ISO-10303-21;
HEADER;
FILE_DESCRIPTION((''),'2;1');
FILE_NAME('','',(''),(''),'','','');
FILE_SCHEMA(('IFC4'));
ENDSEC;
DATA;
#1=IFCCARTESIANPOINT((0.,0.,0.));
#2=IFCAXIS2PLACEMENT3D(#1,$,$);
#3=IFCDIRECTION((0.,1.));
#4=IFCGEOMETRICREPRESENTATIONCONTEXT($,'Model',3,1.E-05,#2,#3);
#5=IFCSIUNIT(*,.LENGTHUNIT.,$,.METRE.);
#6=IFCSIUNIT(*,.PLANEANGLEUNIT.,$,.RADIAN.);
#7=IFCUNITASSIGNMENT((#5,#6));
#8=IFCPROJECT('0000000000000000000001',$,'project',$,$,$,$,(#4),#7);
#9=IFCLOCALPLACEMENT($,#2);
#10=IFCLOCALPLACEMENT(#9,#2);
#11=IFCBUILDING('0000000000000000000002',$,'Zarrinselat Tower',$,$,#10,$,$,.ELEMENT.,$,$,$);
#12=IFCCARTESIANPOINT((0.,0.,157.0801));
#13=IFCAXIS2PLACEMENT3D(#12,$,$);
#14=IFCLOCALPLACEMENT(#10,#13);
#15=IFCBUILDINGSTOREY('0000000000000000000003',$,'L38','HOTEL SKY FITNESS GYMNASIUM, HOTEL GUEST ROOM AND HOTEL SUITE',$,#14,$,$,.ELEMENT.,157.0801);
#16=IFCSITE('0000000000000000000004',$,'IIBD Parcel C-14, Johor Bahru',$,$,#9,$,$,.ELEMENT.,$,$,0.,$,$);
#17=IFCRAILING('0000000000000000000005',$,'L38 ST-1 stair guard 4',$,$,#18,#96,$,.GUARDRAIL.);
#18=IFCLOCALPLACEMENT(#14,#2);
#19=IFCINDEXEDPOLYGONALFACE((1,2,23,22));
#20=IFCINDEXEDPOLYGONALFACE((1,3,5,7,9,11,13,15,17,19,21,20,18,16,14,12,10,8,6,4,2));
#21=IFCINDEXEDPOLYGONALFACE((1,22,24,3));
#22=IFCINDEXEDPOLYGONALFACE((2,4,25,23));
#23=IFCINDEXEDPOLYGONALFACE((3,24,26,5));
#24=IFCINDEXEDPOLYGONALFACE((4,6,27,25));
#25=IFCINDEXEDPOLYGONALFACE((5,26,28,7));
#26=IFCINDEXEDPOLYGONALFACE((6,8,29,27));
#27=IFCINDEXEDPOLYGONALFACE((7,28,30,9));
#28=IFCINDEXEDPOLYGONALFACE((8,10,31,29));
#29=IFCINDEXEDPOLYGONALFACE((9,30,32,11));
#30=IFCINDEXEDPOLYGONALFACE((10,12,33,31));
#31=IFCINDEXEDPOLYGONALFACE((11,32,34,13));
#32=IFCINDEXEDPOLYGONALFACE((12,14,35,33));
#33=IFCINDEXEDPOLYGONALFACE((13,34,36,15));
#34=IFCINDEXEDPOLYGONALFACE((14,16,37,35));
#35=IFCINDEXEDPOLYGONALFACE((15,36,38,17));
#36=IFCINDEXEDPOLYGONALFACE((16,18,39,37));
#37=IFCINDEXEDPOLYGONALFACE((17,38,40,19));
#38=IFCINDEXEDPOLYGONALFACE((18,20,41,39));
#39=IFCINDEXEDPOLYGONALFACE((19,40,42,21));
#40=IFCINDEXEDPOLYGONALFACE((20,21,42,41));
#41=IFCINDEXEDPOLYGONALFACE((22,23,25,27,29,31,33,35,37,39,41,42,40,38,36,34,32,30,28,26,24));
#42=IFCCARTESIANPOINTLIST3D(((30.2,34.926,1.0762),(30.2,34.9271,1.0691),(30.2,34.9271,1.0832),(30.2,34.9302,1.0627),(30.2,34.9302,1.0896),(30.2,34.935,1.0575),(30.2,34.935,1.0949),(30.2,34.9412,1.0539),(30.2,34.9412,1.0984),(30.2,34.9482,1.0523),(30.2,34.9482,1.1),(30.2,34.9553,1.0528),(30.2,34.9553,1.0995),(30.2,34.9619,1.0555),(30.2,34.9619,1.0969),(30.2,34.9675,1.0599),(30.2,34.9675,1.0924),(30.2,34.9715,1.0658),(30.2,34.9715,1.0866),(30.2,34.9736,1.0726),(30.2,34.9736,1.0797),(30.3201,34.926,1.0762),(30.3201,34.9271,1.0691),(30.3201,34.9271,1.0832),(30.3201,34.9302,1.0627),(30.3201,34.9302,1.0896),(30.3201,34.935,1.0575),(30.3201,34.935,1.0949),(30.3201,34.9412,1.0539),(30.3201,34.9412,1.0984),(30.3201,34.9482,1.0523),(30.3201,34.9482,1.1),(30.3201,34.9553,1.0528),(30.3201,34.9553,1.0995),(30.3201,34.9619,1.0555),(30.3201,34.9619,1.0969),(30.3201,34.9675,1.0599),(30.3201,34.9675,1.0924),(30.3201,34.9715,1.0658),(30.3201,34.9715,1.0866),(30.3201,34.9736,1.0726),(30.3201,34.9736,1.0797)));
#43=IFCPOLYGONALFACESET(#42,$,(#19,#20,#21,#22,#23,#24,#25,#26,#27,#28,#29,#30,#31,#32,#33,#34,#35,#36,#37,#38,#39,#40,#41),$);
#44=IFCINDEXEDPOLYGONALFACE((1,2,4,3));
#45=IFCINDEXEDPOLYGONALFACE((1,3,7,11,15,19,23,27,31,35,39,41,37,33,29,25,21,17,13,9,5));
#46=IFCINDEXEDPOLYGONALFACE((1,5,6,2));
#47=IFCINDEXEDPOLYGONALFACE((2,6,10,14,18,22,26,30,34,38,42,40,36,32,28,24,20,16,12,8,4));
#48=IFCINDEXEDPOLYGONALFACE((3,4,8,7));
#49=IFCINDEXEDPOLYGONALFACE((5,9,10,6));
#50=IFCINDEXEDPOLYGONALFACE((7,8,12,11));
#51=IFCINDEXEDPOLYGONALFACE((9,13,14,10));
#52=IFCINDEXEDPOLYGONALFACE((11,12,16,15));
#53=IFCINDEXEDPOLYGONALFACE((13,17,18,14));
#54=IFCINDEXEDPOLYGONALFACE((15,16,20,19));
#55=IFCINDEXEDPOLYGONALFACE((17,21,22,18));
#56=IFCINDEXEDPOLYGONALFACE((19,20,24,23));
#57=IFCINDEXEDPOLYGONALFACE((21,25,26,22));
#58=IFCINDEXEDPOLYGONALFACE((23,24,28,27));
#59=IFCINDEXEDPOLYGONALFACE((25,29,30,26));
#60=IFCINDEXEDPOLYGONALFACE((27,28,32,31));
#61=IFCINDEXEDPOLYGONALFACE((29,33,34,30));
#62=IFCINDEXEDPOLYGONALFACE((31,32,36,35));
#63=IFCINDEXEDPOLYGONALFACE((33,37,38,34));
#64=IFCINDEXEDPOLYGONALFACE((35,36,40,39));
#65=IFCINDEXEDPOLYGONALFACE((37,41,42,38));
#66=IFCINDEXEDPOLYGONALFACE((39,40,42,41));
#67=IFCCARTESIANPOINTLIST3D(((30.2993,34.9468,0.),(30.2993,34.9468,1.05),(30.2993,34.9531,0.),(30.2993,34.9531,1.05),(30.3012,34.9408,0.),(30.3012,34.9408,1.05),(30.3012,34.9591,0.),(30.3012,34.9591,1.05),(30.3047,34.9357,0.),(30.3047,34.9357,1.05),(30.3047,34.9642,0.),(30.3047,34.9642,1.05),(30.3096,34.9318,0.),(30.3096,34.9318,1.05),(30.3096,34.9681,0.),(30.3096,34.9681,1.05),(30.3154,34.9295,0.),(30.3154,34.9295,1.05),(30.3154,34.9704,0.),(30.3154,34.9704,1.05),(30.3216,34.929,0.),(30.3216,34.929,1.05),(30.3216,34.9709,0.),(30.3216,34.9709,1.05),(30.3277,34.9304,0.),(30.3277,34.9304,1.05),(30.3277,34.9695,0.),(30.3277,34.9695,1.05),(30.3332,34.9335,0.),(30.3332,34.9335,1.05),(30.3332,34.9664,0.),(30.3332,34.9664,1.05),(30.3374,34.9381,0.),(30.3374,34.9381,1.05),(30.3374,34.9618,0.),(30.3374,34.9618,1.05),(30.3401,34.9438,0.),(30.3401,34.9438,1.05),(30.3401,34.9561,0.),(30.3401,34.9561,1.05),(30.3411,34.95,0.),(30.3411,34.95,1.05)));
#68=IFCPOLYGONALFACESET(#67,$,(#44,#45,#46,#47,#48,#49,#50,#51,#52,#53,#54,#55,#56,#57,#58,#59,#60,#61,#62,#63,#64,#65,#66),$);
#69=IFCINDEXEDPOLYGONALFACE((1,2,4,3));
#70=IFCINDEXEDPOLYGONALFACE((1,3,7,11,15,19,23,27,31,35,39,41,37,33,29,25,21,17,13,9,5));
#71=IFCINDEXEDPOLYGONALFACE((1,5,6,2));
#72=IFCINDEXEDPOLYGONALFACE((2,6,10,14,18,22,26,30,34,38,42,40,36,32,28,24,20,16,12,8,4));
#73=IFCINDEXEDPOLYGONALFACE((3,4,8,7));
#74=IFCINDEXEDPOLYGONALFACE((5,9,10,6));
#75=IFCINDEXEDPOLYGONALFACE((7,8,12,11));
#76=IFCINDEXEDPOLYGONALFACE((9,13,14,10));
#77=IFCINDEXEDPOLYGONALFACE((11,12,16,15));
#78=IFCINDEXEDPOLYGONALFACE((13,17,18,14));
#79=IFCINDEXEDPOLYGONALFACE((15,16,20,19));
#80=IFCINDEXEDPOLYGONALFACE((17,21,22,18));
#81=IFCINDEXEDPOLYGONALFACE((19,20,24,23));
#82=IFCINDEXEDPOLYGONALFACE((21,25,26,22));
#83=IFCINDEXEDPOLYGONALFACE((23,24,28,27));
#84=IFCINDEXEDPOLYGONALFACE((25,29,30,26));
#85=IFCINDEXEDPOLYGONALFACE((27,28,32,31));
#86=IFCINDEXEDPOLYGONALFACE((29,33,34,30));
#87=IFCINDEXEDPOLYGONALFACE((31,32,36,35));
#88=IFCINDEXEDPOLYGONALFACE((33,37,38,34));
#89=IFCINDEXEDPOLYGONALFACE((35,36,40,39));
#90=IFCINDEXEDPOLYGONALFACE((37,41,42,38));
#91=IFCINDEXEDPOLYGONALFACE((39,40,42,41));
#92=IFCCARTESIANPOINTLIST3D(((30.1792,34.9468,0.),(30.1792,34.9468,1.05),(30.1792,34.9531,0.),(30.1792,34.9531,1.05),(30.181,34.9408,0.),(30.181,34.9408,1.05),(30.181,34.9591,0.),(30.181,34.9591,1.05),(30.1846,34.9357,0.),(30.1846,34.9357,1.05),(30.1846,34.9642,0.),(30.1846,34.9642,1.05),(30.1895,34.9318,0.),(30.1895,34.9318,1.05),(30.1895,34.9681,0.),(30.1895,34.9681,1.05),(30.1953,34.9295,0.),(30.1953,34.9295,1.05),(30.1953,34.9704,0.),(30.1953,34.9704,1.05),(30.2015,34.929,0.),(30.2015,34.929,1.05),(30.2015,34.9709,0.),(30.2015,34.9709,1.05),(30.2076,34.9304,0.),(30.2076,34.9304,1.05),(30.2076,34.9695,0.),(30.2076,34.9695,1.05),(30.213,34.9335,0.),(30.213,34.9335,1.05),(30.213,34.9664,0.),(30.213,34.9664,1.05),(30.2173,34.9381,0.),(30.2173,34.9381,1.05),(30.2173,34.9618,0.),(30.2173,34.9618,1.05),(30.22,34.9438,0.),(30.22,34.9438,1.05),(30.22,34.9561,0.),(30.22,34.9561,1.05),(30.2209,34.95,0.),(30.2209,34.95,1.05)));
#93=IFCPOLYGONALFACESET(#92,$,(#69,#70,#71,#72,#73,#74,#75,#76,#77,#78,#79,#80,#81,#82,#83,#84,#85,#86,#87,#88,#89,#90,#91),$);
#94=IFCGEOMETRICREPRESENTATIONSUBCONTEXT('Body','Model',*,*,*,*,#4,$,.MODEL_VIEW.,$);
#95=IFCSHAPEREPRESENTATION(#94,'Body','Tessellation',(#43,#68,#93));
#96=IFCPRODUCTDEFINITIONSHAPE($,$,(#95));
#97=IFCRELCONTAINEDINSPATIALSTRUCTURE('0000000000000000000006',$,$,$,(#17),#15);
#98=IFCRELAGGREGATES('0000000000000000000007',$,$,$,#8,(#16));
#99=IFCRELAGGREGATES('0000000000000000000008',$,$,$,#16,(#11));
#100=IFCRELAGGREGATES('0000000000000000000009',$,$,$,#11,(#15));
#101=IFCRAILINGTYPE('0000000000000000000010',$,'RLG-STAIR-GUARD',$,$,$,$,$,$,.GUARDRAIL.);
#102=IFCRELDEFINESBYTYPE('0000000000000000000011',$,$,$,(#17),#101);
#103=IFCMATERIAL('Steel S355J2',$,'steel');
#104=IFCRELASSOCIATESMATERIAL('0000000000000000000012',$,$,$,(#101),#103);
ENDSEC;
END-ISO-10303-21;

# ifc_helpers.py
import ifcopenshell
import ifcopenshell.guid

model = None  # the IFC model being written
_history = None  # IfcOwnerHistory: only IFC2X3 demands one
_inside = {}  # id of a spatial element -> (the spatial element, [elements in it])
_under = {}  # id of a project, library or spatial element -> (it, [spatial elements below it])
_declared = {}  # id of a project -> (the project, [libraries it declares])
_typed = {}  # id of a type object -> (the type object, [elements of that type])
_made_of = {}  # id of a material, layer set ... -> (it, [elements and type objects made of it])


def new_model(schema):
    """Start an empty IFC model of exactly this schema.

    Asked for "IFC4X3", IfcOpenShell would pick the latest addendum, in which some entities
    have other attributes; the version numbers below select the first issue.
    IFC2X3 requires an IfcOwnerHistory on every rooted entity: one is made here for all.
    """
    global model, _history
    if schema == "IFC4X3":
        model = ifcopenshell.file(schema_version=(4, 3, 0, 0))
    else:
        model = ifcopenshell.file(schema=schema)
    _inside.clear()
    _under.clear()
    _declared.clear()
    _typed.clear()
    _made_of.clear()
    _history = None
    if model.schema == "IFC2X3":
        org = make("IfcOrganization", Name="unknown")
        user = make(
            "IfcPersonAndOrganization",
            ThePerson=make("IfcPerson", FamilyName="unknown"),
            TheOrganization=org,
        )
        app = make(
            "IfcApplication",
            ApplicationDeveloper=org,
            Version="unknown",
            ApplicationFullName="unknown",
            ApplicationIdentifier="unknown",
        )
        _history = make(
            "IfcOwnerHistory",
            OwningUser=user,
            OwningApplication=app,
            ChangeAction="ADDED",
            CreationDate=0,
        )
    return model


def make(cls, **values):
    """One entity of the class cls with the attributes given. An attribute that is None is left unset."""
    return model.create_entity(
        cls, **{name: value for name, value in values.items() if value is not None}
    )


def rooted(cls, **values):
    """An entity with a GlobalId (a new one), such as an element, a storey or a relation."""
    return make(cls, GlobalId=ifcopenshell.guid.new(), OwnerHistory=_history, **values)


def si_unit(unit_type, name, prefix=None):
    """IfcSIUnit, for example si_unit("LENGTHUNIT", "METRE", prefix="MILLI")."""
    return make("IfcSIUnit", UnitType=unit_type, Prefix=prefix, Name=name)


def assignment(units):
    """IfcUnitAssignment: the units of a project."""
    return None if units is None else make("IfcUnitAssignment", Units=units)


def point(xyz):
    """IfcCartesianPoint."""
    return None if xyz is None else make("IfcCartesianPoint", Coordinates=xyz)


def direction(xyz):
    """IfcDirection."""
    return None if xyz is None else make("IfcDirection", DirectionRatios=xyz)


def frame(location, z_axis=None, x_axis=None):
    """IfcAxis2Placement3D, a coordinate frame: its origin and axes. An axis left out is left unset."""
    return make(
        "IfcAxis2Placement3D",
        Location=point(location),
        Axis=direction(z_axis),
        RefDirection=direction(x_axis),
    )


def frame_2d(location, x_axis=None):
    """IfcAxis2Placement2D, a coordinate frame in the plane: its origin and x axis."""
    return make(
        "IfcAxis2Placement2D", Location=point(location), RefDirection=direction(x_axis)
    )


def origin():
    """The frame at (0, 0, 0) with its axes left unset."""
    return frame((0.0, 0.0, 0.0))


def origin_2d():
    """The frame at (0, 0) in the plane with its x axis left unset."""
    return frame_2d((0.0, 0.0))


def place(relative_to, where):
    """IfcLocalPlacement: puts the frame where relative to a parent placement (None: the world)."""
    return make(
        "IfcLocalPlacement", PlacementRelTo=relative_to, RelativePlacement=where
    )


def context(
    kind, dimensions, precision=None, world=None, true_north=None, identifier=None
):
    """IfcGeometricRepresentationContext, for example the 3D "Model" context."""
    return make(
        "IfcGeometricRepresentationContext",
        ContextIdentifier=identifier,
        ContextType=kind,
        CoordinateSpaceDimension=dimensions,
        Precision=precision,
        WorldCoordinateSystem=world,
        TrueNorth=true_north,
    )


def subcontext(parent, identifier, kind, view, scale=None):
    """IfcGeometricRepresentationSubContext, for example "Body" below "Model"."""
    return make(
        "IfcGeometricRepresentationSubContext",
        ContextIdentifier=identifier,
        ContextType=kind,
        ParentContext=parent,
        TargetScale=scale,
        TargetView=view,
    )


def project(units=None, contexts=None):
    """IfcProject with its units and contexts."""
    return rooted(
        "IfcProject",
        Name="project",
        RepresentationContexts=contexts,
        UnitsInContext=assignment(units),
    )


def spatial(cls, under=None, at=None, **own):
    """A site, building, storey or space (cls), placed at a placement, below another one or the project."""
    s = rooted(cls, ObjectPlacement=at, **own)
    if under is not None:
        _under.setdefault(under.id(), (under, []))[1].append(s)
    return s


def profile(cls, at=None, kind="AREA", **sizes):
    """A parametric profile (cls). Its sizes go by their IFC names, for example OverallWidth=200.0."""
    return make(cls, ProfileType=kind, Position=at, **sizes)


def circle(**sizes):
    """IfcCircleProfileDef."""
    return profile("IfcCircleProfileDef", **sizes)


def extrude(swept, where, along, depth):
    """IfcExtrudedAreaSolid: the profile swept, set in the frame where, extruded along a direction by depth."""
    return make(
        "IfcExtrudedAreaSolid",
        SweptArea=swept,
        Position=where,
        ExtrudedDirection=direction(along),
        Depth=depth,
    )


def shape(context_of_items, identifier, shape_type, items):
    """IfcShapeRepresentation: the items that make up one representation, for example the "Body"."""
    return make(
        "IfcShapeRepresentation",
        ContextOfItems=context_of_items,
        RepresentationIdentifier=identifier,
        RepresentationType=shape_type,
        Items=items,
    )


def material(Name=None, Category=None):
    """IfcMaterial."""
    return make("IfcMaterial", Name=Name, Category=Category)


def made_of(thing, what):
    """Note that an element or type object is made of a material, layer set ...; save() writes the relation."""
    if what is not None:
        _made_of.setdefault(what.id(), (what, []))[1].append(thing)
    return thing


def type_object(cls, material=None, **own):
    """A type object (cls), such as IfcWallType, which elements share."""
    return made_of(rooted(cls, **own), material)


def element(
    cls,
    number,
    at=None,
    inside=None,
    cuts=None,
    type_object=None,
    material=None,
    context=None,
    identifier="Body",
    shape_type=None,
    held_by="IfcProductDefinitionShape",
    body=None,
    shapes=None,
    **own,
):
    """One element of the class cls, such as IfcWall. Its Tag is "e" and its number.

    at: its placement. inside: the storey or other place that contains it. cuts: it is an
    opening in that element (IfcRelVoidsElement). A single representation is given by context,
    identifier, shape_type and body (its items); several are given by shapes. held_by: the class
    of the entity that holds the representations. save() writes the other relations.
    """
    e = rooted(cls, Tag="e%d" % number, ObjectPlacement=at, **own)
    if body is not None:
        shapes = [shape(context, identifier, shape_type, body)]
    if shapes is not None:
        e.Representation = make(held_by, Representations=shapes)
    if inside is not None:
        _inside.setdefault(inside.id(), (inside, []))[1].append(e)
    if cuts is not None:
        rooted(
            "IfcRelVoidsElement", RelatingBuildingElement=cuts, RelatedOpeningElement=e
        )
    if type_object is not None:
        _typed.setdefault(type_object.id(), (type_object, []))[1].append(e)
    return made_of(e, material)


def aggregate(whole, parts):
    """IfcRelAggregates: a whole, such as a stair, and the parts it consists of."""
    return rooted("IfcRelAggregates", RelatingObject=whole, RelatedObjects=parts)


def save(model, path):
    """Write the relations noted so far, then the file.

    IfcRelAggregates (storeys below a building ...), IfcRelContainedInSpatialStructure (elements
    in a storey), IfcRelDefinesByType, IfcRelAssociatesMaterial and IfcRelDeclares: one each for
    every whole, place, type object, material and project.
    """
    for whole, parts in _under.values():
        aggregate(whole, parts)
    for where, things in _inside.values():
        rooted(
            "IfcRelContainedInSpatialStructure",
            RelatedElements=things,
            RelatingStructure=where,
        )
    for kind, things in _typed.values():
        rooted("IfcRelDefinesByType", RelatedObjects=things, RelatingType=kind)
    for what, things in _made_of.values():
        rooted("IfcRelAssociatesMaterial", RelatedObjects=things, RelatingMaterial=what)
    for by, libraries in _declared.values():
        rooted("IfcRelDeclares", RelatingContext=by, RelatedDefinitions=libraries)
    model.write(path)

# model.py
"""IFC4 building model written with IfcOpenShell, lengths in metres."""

from ifc_helpers import new_model, si_unit, direction, frame, origin, origin_2d, place, context, subcontext, project, spatial, circle, extrude, material, type_object, element, save


model = new_model("IFC4")

# Units and contexts
model_context = context("Model", 3, precision=1e-05, world=origin(), true_north=direction((0.0, 1.0)))
body_context = subcontext(model_context, "Body", "Model", "MODEL_VIEW")
ifc_project = project(units=[si_unit("LENGTHUNIT", "METRE"), si_unit("PLANEANGLEUNIT", "RADIAN")], contexts=[model_context])

# Site, building, storey
site_placement = place(None, origin())
site = spatial("IfcSite", under=ifc_project, at=site_placement, Name="IIBD Parcel C-14, Johor Bahru", CompositionType="ELEMENT", RefElevation=0.0)
building_placement = place(site_placement, origin())
building = spatial("IfcBuilding", under=site, at=building_placement, Name="Zarrinselat Tower", CompositionType="ELEMENT")
storey_placement = place(building_placement, frame((0.0, 0.0, 157.0801)))
storey = spatial("IfcBuildingStorey", under=building, at=storey_placement, Name="L38", Description="HOTEL SKY FITNESS GYMNASIUM, HOTEL GUEST ROOM AND HOTEL SUITE", CompositionType="ELEMENT", Elevation=157.0801)

# Railing
ifc_material_1 = material(Name="Steel S355J2", Category="steel")
railing_type_1 = type_object("IfcRailingType", Name="RLG-STAIR-GUARD", PredefinedType="GUARDRAIL", material=ifc_material_1)
railing_1_placement = place(storey_placement, frame((30.3201, 34.95, 0.0)))
element("IfcRailing", 1, at=railing_1_placement, inside=storey, type_object=railing_type_1, Name="L38 ST-1 stair guard 4", PredefinedType="GUARDRAIL", context=body_context, shape_type="SweptSolid", body=[
    extrude(circle(Radius=0.0239, at=origin_2d()), frame((0.0, 0.0, 1.0762), z_axis=(-1.0, 0.0, 0.0), x_axis=(0.0, -1.0, 0.0)), (0.0, 0.0, 1.0), 0.1201),
    extrude(circle(Radius=0.021, at=origin_2d()), origin(), (0.0, 0.0, 1.0), 1.05),
    extrude(circle(Radius=0.021, at=origin_2d()), frame((-0.1201, 0.0, 0.0)), (0.0, 0.0, 1.0), 1.05),
])

save(model, "model.ifc")
